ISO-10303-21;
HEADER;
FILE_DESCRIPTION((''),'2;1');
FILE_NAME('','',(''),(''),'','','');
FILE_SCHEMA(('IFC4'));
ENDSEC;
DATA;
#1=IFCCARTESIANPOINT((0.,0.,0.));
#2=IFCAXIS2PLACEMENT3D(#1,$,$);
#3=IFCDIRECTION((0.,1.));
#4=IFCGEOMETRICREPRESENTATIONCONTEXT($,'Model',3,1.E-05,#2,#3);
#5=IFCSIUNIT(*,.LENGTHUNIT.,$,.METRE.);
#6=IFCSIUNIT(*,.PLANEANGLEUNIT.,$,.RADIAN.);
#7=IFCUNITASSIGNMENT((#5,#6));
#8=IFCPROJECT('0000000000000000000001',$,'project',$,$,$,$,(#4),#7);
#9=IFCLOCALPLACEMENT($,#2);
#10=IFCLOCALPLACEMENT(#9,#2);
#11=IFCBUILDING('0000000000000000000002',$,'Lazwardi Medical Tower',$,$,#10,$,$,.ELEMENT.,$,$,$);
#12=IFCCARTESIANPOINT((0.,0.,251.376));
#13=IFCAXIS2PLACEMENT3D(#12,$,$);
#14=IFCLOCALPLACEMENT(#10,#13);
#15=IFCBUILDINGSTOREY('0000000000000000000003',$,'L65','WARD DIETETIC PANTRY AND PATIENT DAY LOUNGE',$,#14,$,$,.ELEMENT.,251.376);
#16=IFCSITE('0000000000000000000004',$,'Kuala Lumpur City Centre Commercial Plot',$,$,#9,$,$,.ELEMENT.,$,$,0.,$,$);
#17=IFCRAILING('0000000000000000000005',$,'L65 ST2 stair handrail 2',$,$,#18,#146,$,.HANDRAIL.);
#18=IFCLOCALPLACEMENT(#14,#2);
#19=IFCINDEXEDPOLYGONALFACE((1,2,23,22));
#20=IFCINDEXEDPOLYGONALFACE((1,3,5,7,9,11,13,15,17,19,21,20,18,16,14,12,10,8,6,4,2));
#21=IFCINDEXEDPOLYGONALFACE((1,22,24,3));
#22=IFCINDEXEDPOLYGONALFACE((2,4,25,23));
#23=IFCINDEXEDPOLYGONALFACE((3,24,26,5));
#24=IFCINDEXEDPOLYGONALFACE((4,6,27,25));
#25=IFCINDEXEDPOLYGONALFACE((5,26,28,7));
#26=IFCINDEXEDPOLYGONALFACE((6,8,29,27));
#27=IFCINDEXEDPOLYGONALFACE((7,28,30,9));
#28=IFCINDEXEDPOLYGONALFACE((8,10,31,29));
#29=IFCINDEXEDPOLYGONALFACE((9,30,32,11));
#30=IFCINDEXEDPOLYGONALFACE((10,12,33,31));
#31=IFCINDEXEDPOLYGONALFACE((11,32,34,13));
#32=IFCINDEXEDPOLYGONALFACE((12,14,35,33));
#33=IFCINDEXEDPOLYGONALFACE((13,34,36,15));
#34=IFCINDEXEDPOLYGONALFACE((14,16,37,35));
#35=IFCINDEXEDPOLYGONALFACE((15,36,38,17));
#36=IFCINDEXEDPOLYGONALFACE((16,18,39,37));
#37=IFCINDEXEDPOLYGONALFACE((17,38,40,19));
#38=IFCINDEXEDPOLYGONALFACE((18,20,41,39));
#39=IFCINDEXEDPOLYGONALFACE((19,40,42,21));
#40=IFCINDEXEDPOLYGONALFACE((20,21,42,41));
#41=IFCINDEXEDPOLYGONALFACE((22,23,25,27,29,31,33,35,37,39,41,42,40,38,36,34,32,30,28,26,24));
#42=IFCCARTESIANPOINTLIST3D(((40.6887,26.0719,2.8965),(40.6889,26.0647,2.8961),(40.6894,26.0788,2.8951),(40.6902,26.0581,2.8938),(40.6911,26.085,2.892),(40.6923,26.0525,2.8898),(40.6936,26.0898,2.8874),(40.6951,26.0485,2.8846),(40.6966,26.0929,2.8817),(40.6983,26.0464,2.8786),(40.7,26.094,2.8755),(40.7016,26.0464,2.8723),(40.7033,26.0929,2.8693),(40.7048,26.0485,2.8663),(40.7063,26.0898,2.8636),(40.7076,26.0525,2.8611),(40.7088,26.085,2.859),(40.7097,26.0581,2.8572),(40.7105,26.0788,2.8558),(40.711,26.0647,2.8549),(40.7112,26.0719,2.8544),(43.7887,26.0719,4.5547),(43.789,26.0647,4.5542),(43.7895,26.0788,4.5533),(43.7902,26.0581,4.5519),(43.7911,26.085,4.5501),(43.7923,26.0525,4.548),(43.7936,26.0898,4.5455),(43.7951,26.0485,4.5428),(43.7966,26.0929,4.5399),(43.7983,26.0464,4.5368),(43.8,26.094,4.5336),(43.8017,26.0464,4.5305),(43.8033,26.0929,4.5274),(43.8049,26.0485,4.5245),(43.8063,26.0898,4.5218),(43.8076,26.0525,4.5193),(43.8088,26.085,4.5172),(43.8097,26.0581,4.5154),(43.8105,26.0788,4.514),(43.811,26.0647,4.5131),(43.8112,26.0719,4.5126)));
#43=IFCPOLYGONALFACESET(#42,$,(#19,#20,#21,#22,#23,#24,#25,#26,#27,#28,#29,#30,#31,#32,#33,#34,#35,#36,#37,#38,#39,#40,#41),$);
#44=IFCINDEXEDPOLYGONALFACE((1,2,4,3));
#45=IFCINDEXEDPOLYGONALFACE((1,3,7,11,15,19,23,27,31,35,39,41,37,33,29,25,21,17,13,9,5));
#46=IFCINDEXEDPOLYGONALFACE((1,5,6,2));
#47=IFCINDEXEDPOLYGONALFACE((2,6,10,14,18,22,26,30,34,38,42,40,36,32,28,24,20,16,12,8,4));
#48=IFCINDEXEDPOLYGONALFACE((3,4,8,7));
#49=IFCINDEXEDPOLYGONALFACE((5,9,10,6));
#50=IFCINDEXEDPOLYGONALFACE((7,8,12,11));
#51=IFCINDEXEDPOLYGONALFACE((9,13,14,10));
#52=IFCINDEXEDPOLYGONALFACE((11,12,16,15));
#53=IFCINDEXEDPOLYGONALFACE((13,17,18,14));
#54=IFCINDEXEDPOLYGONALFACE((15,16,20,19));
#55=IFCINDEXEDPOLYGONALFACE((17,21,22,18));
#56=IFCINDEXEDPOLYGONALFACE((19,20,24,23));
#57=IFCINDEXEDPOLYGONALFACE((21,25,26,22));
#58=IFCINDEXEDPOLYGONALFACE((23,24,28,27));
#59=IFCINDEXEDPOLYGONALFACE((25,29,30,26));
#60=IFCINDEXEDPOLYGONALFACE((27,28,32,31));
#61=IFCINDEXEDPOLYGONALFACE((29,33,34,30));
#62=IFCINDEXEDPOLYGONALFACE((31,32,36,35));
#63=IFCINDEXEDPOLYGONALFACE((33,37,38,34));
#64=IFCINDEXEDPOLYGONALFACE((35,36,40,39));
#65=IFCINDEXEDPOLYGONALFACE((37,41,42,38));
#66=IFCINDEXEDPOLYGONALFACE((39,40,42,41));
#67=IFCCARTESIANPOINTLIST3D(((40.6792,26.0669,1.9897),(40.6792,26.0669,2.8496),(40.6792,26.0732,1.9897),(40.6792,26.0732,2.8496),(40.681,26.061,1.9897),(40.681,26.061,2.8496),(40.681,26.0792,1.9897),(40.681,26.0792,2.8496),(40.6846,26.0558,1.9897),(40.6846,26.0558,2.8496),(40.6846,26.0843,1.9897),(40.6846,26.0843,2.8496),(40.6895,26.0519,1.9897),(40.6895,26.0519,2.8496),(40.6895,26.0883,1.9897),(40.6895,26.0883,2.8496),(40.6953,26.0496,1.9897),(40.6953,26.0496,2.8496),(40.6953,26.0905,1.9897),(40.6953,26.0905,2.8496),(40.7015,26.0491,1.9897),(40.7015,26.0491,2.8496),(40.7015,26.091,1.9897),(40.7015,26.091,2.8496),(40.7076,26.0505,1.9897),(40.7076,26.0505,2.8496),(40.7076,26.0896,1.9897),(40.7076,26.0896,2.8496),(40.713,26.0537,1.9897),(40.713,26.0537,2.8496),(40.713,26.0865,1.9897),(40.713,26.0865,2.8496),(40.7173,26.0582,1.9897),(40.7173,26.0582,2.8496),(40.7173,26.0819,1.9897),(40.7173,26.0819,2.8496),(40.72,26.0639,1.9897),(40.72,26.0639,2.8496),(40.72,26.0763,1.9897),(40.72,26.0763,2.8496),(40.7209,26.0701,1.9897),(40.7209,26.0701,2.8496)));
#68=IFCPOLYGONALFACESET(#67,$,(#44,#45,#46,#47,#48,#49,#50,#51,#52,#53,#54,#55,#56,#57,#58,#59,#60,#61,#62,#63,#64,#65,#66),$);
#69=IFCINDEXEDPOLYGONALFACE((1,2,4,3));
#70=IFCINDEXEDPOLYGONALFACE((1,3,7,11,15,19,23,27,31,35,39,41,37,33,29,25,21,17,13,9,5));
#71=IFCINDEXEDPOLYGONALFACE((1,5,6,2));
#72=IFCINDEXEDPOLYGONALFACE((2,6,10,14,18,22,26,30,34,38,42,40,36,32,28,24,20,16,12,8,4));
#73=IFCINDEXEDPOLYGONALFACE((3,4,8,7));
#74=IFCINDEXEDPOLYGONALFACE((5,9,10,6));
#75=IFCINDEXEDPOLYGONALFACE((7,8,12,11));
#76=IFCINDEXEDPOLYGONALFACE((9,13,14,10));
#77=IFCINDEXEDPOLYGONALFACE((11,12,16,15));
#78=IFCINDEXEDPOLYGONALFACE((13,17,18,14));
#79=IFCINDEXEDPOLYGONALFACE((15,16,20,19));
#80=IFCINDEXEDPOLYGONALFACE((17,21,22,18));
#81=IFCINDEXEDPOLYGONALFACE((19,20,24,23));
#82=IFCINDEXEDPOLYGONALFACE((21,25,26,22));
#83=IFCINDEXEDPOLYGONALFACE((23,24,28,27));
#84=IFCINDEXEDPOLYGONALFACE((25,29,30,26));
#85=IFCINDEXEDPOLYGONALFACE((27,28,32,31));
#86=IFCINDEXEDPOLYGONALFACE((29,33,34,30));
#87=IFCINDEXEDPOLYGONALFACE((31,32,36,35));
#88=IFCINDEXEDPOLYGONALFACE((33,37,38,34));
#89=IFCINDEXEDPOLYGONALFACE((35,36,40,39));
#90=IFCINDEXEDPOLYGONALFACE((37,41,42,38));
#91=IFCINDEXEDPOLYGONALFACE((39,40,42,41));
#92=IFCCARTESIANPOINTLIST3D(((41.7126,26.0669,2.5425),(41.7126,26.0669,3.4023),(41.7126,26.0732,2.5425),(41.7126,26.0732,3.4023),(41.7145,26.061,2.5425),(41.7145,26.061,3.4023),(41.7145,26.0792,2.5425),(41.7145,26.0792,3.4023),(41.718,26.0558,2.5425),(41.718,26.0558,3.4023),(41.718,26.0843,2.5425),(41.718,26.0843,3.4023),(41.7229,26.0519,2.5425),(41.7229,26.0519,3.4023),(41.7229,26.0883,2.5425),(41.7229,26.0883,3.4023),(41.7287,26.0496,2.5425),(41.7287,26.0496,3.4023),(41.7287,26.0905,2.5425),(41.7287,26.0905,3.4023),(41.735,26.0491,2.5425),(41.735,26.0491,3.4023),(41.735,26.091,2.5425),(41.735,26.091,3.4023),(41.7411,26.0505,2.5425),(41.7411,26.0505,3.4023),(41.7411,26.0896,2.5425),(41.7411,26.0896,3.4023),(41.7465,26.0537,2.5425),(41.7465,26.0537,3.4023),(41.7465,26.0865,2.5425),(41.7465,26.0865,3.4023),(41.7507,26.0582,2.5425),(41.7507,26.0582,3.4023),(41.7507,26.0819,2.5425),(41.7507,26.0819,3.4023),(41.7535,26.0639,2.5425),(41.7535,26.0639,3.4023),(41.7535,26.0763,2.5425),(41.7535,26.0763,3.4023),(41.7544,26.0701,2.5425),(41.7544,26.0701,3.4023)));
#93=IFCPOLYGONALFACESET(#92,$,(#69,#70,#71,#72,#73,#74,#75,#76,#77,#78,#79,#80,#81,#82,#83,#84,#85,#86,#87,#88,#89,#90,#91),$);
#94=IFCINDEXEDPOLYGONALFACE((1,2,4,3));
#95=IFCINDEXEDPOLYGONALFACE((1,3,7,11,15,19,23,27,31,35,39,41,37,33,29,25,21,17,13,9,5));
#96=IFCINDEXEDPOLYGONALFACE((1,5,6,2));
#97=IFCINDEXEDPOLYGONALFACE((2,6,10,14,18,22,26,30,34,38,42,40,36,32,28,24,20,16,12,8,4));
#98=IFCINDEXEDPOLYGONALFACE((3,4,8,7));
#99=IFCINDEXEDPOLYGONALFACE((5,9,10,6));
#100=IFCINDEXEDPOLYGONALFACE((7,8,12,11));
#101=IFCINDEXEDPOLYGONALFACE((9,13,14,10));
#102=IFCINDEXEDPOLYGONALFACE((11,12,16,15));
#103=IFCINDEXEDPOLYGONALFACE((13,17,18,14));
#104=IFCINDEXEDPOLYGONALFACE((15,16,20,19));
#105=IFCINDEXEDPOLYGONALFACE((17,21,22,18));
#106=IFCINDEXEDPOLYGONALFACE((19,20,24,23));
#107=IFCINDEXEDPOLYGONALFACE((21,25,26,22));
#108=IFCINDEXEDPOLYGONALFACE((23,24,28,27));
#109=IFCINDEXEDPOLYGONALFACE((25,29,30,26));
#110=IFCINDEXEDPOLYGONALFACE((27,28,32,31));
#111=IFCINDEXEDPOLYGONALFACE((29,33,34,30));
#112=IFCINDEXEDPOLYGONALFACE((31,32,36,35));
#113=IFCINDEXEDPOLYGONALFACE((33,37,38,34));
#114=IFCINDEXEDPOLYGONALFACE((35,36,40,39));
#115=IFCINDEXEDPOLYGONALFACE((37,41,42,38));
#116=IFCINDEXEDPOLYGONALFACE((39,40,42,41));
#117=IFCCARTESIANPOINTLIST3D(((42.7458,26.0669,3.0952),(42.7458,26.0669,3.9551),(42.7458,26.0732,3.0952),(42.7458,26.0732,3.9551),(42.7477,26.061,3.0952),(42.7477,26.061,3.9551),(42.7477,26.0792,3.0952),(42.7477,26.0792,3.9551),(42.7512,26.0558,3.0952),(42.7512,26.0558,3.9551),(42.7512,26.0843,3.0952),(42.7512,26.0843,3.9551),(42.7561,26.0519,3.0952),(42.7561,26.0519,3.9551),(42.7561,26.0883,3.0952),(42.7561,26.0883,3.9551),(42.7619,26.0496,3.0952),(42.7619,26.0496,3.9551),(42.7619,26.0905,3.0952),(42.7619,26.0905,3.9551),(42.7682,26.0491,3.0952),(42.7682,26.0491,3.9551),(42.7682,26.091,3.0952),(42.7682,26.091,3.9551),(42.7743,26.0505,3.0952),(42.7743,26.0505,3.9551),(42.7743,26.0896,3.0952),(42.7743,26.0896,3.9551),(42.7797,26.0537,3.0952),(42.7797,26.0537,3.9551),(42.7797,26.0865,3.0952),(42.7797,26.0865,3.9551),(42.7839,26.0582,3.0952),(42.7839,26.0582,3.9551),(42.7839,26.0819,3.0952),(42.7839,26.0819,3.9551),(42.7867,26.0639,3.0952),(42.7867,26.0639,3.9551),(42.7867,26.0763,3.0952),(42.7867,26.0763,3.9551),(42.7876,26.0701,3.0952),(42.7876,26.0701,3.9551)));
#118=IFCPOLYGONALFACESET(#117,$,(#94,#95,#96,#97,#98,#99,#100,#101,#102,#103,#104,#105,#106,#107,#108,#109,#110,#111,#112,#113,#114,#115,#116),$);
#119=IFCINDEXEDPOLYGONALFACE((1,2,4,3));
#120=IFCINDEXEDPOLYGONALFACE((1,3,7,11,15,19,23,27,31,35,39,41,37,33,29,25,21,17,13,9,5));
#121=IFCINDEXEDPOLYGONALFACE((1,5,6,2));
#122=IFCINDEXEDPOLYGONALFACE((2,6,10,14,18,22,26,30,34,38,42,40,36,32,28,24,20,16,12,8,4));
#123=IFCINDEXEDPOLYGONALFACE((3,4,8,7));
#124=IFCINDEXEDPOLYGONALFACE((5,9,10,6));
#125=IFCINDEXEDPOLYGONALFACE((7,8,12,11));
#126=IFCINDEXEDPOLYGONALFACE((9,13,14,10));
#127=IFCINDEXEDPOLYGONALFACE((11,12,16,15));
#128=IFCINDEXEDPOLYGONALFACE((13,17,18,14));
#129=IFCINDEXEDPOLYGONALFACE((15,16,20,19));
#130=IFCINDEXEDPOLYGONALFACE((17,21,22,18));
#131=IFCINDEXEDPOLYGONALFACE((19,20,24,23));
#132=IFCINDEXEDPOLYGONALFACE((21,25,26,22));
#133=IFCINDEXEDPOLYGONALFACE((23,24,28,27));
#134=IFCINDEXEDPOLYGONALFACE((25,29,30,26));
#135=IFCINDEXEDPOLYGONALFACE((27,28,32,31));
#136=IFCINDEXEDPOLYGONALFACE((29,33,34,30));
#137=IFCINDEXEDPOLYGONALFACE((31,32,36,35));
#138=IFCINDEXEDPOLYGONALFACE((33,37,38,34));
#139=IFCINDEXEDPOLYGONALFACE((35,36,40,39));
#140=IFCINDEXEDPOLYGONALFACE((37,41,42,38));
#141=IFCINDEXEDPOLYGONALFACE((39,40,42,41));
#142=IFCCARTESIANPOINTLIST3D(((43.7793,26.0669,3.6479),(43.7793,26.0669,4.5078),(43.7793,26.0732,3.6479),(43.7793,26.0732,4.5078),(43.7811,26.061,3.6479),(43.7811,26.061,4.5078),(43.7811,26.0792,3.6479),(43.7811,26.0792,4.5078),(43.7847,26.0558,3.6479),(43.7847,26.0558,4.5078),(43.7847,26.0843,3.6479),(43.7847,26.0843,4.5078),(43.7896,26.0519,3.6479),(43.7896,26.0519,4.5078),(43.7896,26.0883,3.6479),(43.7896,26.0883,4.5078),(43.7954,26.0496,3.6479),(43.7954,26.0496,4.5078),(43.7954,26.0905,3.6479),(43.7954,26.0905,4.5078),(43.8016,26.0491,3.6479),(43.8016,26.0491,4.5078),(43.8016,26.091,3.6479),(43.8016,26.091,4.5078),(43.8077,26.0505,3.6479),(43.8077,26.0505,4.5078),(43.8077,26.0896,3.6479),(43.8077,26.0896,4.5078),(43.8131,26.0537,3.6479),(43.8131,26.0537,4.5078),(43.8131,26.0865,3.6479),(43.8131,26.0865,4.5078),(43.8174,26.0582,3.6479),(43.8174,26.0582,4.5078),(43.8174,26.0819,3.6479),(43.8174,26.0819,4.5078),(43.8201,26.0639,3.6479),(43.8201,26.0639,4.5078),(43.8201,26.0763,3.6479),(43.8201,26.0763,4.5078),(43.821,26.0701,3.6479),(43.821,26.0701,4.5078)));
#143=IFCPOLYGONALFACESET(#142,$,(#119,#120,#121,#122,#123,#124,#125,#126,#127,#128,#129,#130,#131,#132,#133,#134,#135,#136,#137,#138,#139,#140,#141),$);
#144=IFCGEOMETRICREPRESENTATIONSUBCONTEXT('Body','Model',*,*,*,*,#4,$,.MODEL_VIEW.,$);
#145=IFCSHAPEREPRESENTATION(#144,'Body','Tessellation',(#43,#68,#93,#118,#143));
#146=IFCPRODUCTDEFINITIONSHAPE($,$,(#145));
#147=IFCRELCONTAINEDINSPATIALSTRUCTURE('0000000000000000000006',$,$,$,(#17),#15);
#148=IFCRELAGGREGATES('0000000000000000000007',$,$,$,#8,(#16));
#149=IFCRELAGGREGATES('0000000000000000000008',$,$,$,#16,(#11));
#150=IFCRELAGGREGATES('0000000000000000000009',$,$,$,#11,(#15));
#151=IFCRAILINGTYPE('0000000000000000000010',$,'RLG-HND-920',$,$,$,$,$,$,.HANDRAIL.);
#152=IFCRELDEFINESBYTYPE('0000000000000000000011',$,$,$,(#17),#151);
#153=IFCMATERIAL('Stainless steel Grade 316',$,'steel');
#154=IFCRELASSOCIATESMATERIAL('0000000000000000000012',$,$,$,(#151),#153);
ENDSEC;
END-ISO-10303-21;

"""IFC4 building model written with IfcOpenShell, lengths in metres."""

from ifc_helpers import new_model, si_unit, direction, frame, origin, origin_2d, place, context, subcontext, project, spatial, circle, extrude, material, type_object, element, save


model = new_model("IFC4")

# Units and contexts
model_context = context("Model", 3, precision=1e-05, world=origin(), true_north=direction((0.0, 1.0)))
body_context = subcontext(model_context, "Body", "Model", "MODEL_VIEW")
ifc_project = project(units=[si_unit("LENGTHUNIT", "METRE"), si_unit("PLANEANGLEUNIT", "RADIAN")], contexts=[model_context])

# Site, building, storey
site_placement = place(None, origin())
site = spatial("IfcSite", under=ifc_project, at=site_placement, Name="Kuala Lumpur City Centre Commercial Plot", CompositionType="ELEMENT", RefElevation=0.0)
building_placement = place(site_placement, origin())
building = spatial("IfcBuilding", under=site, at=building_placement, Name="Lazwardi Medical Tower", CompositionType="ELEMENT")
storey_placement = place(building_placement, frame((0.0, 0.0, 251.376)))
storey = spatial("IfcBuildingStorey", under=building, at=storey_placement, Name="L65", Description="WARD DIETETIC PANTRY AND PATIENT DAY LOUNGE", CompositionType="ELEMENT", Elevation=251.376)

# Railing
ifc_material_1 = material(Name="Stainless steel Grade 316", Category="steel")
railing_type_1 = type_object("IfcRailingType", Name="RLG-HND-920", PredefinedType="HANDRAIL", material=ifc_material_1)
railing_1_placement = place(storey_placement, frame((40.7, 26.0701, 1.9897)))
element("IfcRailing", 1, at=railing_1_placement, inside=storey, type_object=railing_type_1, Name="L65 ST2 stair handrail 2", PredefinedType="HANDRAIL", context=body_context, shape_type="SweptSolid", body=[
    extrude(circle(Radius=0.0239, at=origin_2d()), frame((0.0, 0.0, 0.8857), z_axis=(0.881783, 0.0, 0.471655), x_axis=(0.0, 1.0, 0.0)), (0.0, 0.0, 1.0), 3.5156),
    extrude(circle(Radius=0.021, at=origin_2d()), origin(), (0.0, 0.0, 1.0), 0.8599),
    extrude(circle(Radius=0.021, at=origin_2d()), frame((1.0334, 0.0, 0.5527)), (0.0, 0.0, 1.0), 0.8599),
    extrude(circle(Radius=0.021, at=origin_2d()), frame((2.0667, 0.0, 1.1055)), (0.0, 0.0, 1.0), 0.8599),
    extrude(circle(Radius=0.021, at=origin_2d()), frame((3.1001, 0.0, 1.6582)), (0.0, 0.0, 1.0), 0.8599),
])

save(model, "model.ifc")
